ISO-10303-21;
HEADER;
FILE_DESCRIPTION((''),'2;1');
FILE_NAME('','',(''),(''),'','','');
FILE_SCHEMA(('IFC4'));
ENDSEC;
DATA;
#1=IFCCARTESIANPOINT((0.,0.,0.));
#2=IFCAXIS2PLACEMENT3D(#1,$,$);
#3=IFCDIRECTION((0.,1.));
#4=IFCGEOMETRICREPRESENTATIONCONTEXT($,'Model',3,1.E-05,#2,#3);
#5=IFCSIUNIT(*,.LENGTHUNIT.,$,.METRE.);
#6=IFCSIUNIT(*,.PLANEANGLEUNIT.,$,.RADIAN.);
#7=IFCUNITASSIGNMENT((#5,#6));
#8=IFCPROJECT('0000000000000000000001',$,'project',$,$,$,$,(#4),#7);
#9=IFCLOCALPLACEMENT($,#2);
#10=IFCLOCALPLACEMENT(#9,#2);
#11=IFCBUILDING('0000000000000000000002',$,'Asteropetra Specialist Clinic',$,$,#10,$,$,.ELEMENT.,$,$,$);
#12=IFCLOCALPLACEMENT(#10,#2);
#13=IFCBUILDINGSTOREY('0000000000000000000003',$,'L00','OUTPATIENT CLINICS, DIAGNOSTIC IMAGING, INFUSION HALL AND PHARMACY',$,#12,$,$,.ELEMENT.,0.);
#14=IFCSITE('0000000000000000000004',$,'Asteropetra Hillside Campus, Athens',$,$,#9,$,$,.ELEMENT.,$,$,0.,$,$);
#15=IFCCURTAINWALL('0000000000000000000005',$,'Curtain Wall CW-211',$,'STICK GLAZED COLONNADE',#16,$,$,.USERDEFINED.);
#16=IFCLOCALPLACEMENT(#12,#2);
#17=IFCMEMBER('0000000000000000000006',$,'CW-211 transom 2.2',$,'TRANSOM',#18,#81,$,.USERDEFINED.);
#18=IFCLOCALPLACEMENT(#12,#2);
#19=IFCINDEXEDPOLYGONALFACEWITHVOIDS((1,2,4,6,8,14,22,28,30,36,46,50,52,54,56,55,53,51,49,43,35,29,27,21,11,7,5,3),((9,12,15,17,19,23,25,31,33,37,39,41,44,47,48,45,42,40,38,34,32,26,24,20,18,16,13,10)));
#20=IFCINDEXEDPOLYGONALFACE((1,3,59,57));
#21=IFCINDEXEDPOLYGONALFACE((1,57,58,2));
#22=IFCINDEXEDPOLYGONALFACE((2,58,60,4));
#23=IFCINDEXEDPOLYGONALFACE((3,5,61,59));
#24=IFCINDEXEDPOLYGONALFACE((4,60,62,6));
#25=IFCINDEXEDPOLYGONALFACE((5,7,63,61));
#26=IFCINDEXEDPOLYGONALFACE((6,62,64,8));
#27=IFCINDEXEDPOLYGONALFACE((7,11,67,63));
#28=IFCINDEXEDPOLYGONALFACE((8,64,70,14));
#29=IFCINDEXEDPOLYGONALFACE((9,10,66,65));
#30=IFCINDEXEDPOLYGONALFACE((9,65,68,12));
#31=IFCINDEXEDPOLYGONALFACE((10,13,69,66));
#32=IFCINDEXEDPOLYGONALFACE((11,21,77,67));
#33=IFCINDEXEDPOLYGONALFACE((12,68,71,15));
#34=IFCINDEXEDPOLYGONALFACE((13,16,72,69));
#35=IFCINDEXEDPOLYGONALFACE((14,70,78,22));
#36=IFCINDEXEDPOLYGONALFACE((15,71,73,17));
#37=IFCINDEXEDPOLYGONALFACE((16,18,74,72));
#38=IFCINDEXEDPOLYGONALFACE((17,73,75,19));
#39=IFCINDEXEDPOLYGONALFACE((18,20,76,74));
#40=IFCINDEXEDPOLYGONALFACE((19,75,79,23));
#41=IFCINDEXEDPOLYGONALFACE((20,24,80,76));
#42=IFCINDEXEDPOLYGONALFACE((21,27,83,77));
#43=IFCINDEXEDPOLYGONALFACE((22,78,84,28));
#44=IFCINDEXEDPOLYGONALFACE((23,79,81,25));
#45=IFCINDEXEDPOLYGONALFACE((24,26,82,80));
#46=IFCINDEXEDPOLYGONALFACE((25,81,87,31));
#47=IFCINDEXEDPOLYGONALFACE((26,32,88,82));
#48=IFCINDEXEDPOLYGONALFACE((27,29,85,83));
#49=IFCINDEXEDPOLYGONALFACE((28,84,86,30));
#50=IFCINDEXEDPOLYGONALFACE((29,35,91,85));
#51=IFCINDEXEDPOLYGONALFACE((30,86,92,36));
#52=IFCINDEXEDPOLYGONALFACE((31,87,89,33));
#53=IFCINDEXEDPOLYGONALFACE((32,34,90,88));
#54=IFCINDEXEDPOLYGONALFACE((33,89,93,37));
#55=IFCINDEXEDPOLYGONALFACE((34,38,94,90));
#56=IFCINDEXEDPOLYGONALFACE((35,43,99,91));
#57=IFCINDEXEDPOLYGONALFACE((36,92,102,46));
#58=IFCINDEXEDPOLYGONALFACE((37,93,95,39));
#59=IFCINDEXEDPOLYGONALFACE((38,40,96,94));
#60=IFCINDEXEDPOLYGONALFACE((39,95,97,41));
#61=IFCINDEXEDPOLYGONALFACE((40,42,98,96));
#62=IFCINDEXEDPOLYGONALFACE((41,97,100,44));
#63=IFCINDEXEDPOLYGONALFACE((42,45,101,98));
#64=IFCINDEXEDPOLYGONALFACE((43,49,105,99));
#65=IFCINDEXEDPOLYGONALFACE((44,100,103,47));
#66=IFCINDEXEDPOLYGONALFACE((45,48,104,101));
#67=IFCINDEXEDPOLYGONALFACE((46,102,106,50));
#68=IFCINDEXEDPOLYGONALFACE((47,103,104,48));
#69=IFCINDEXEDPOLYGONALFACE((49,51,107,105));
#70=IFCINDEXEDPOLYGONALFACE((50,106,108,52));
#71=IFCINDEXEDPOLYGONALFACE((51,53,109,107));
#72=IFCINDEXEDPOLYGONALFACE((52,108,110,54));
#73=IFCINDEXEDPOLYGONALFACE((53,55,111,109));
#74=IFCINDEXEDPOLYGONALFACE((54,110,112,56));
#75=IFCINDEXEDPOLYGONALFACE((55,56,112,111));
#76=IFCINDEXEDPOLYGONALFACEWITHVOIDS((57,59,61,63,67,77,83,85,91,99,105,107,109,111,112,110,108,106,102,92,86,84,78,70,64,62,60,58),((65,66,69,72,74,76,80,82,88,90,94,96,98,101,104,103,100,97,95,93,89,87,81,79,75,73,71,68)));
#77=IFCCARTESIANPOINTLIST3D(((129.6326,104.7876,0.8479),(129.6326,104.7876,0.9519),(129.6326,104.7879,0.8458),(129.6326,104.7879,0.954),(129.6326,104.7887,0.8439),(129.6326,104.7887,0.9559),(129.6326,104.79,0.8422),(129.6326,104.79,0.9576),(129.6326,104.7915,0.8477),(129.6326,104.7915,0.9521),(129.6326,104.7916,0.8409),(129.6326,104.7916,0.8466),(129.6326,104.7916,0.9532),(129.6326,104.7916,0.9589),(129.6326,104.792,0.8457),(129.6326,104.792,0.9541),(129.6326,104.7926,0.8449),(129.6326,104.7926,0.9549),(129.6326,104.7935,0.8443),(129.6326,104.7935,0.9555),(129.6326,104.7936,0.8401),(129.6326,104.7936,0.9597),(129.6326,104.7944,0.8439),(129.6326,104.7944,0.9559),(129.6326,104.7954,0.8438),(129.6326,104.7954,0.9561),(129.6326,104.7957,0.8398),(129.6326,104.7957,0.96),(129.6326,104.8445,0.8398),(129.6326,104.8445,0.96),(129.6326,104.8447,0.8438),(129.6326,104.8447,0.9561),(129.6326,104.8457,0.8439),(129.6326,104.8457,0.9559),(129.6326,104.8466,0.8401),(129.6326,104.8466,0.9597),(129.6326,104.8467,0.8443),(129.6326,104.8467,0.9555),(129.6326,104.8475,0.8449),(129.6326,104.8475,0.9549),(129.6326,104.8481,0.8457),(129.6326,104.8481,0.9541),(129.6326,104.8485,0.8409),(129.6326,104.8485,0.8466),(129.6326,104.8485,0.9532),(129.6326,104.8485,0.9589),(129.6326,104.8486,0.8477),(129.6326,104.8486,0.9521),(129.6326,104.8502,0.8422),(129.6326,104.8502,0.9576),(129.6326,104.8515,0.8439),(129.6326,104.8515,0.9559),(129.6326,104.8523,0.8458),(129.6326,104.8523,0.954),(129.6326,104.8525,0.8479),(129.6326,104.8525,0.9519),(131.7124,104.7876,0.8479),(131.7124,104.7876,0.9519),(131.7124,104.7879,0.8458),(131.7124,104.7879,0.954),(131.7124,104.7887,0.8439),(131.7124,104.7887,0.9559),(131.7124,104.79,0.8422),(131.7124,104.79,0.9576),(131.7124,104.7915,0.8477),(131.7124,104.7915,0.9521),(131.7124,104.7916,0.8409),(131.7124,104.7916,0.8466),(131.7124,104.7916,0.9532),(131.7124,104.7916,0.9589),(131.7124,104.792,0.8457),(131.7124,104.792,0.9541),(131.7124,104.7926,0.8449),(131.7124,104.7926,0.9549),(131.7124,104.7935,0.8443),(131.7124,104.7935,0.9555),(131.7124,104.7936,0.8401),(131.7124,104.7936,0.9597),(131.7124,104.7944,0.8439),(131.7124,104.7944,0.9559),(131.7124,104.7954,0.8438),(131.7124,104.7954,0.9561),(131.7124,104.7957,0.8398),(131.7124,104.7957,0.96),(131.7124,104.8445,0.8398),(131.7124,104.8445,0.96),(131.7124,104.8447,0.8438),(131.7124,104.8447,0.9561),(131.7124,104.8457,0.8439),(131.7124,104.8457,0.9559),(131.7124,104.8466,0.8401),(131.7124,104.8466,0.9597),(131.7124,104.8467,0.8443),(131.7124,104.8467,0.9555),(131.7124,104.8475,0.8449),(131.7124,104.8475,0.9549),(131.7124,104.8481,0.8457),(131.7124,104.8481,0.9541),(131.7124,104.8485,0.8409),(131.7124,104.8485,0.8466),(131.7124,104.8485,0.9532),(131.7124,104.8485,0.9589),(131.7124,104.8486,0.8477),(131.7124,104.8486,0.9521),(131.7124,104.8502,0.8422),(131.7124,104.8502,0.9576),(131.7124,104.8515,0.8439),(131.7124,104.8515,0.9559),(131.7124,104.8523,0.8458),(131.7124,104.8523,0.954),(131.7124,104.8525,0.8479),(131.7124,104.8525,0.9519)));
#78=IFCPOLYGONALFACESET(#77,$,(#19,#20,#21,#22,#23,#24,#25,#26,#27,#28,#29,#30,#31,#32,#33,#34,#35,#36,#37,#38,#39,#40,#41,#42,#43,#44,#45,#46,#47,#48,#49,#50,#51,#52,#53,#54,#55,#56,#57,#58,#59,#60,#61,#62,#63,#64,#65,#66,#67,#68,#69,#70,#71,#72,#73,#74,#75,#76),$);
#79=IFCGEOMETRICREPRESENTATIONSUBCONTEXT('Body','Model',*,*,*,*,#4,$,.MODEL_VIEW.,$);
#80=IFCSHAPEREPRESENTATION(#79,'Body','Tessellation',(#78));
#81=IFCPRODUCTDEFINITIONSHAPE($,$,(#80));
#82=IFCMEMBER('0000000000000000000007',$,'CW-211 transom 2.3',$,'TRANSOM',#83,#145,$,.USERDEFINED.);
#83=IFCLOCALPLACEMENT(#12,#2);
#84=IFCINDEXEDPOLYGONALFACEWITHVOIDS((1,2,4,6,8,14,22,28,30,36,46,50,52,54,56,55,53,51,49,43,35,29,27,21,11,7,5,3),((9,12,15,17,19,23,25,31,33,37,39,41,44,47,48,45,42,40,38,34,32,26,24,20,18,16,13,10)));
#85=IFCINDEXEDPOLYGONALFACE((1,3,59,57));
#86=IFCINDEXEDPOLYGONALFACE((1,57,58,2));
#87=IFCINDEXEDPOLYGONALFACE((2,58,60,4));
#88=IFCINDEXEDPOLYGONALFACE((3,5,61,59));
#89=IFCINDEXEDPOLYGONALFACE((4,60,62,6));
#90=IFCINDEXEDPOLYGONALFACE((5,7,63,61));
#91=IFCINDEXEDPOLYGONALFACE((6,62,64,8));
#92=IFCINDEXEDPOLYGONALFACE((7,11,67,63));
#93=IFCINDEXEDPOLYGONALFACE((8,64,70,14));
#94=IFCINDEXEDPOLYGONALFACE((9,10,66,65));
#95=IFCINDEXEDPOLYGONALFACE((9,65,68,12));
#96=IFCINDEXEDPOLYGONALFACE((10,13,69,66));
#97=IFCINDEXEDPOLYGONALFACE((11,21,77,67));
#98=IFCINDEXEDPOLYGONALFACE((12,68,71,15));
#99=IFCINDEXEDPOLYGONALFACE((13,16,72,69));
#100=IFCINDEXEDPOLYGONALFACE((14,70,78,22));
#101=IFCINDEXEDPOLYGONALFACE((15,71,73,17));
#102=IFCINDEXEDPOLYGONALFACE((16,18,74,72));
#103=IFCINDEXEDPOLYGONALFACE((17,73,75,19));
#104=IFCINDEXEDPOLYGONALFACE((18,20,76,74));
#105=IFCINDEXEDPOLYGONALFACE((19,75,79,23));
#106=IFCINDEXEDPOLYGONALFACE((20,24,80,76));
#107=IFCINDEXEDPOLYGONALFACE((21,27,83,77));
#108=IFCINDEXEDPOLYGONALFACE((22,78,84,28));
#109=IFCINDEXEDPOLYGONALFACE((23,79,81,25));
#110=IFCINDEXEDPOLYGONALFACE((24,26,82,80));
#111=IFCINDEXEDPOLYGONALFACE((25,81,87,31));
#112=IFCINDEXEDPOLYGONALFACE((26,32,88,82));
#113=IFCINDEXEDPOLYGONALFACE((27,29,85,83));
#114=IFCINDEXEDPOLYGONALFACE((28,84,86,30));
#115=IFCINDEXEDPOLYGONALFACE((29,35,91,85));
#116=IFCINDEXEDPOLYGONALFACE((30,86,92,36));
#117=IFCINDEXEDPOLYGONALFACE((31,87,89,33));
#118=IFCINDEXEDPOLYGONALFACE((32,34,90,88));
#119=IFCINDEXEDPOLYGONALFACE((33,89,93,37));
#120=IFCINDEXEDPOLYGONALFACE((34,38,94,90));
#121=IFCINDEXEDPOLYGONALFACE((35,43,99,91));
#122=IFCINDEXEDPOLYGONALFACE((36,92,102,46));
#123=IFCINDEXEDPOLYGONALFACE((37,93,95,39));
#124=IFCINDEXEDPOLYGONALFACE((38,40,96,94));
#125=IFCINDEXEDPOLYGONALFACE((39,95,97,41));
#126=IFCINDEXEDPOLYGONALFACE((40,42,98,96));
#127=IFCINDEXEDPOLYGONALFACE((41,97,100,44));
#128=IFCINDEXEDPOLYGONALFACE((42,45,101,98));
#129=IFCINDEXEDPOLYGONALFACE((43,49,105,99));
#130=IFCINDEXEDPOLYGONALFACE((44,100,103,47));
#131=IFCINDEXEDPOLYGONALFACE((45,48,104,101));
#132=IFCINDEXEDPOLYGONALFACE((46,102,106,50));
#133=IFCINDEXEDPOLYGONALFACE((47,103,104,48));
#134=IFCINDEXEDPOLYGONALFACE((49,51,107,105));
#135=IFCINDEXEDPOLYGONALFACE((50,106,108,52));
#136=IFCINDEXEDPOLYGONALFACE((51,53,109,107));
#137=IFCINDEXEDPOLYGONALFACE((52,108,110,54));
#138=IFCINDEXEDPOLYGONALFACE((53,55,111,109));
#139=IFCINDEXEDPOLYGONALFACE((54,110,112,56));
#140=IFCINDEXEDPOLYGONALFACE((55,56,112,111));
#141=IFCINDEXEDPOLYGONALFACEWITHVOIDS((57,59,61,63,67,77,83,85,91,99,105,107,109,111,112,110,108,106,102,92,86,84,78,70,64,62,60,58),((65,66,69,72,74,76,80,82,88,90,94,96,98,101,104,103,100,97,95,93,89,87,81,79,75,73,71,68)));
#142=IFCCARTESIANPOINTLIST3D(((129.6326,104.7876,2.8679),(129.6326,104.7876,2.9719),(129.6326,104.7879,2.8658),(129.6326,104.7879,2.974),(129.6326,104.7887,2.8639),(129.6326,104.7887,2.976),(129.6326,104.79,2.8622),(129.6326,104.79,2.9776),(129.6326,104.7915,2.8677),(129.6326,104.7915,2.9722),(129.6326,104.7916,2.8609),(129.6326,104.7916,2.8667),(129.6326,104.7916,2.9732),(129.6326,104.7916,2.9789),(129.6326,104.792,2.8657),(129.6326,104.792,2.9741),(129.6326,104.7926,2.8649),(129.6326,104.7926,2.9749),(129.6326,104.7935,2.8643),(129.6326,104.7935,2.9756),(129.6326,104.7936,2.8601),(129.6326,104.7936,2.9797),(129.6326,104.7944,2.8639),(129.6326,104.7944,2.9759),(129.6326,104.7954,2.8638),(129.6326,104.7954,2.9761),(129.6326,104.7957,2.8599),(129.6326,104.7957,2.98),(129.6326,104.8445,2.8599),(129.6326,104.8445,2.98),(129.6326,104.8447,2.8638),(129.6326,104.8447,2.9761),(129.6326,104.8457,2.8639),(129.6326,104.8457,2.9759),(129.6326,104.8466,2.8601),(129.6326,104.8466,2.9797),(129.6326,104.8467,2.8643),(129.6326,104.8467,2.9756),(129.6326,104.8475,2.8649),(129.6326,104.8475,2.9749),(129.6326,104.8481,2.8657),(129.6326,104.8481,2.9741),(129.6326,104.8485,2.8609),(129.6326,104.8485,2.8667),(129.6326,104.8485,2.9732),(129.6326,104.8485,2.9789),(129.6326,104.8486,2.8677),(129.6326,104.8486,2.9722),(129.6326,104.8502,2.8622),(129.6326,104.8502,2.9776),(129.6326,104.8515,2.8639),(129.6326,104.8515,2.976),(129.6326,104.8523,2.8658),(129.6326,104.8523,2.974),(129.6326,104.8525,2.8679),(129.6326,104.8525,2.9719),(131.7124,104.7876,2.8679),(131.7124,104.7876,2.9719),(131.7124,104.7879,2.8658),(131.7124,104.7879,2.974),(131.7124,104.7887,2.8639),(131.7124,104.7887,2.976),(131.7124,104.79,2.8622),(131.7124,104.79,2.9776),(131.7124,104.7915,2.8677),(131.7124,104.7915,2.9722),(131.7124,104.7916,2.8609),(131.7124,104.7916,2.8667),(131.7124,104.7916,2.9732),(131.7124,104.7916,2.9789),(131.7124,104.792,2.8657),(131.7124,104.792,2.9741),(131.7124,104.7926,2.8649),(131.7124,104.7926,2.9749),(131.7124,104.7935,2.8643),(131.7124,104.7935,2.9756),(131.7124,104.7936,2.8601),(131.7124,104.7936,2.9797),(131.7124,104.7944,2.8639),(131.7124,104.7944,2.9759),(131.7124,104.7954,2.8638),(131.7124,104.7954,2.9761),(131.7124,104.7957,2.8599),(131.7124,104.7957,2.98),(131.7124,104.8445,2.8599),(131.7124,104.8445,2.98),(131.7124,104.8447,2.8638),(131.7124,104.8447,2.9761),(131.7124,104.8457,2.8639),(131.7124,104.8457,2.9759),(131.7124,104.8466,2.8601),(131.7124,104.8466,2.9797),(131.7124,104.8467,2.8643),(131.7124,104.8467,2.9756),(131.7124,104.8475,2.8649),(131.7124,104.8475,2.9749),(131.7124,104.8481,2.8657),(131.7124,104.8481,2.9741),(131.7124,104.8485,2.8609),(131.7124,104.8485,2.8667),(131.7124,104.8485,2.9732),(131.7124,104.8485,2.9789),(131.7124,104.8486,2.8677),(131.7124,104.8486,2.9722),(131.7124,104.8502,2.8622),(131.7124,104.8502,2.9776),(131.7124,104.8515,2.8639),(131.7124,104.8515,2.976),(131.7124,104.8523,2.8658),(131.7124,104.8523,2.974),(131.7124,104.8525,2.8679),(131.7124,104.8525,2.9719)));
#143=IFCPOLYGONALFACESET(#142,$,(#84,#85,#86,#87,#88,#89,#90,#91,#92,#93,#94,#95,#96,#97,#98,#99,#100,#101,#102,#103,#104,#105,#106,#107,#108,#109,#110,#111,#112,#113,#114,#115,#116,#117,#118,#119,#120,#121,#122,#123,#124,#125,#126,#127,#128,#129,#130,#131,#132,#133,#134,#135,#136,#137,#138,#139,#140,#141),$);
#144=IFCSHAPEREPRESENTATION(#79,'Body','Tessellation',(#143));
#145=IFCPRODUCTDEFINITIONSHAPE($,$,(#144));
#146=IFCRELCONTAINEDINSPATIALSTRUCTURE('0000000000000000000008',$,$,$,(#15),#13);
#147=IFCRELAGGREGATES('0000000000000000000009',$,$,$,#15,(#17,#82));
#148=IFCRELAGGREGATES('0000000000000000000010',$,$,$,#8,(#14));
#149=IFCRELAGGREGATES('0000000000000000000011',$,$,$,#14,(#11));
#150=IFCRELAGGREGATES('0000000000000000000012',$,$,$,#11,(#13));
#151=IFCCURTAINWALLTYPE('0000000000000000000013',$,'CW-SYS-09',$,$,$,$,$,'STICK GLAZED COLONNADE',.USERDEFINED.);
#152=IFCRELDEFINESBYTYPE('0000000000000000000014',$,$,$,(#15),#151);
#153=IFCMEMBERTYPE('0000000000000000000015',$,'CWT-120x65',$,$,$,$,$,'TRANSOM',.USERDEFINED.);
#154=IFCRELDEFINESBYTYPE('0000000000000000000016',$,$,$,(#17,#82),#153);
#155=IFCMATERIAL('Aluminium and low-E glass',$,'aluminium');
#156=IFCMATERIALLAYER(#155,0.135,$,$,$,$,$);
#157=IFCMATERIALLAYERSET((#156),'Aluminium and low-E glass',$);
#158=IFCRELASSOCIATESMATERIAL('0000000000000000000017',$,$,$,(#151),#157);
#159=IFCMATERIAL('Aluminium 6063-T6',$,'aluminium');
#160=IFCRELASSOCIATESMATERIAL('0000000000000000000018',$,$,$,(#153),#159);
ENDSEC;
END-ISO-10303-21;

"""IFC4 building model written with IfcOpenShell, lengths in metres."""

from ifc_helpers import new_model, si_unit, direction, frame, origin, origin_2d, place, context, subcontext, project, spatial, hollow_rectangle, extrude, material, layer, layer_set, material_profile, profile_set, type_object, element, aggregate, save


model = new_model("IFC4")

# Units and contexts
model_context = context("Model", 3, precision=1e-05, world=origin(), true_north=direction((0.0, 1.0)))
body_context = subcontext(model_context, "Body", "Model", "MODEL_VIEW")
ifc_project = project(units=[si_unit("LENGTHUNIT", "METRE"), si_unit("PLANEANGLEUNIT", "RADIAN")], contexts=[model_context])

# Site, building, storey
site_placement = place(None, origin())
site = spatial("IfcSite", under=ifc_project, at=site_placement, Name="Asteropetra Hillside Campus, Athens", CompositionType="ELEMENT", RefElevation=0.0)
building_placement = place(site_placement, origin())
building = spatial("IfcBuilding", under=site, at=building_placement, Name="Asteropetra Specialist Clinic", CompositionType="ELEMENT")
storey_placement = place(building_placement, origin())
storey = spatial("IfcBuildingStorey", under=building, at=storey_placement, Name="L00", Description="OUTPATIENT CLINICS, DIAGNOSTIC IMAGING, INFUSION HALL AND PHARMACY", CompositionType="ELEMENT", Elevation=0.0)

# Curtain wall, members
ifc_material_1 = material(Name="Aluminium and low-E glass", Category="aluminium")
ifc_layer_1 = layer(ifc_material_1, 0.135)
ifc_layer_set_1 = layer_set([ifc_layer_1], Name="Aluminium and low-E glass")
curtain_wall_type = type_object("IfcCurtainWallType", Name="CW-SYS-09", ElementType="STICK GLAZED COLONNADE", PredefinedType="USERDEFINED", material=ifc_layer_set_1)
curtain_wall_placement = place(storey_placement, origin())
curtain_wall = element("IfcCurtainWall", 1, at=curtain_wall_placement, inside=storey, type_object=curtain_wall_type, Name="Curtain Wall CW-211", ObjectType="STICK GLAZED COLONNADE", PredefinedType="USERDEFINED")
ifc_material_2 = material(Name="Aluminium 6063-T6", Category="aluminium")
ifc_material_profile_1 = material_profile(ifc_material_2, hollow_rectangle(XDim=0.0649, YDim=0.1201, WallThickness=0.0039, InnerFilletRadius=0.0039, OuterFilletRadius=0.0081, at=origin_2d()), Name="TRN 120x65x4.0")
ifc_profile_set_1 = profile_set([ifc_material_profile_1], Name="Aluminium 6063-T6")
member_type_1 = type_object("IfcMemberType", Name="CWT-120x65", ElementType="TRANSOM", PredefinedType="USERDEFINED", material=ifc_profile_set_1)
member_1_placement = place(storey_placement, frame((131.7124, 104.8201, 0.8999), z_axis=(-1.0, 0.0, 0.0), x_axis=(0.0, -1.0, 0.0)))
member_1 = element("IfcMember", 2, at=member_1_placement, type_object=member_type_1, Name="CW-211 transom 2.2", ObjectType="TRANSOM", PredefinedType="USERDEFINED", context=body_context, shape_type="SweptSolid", body=[
    extrude(hollow_rectangle(XDim=0.0649, YDim=0.1201, WallThickness=0.0039, InnerFilletRadius=0.0039, OuterFilletRadius=0.0081, at=origin_2d()), origin(), (0.0, 0.0, 1.0), 2.0798),
])
member_2_placement = place(storey_placement, frame((131.7124, 104.8201, 2.9199), z_axis=(-1.0, 0.0, 0.0), x_axis=(0.0, -1.0, 0.0)))
member_2 = element("IfcMember", 3, at=member_2_placement, type_object=member_type_1, Name="CW-211 transom 2.3", ObjectType="TRANSOM", PredefinedType="USERDEFINED", context=body_context, shape_type="SweptSolid", body=[
    extrude(hollow_rectangle(XDim=0.0649, YDim=0.1201, WallThickness=0.0039, InnerFilletRadius=0.0039, OuterFilletRadius=0.0081, at=origin_2d()), origin(), (0.0, 0.0, 1.0), 2.0798),
])
aggregate(curtain_wall, [member_1, member_2])

save(model, "model.ifc")
